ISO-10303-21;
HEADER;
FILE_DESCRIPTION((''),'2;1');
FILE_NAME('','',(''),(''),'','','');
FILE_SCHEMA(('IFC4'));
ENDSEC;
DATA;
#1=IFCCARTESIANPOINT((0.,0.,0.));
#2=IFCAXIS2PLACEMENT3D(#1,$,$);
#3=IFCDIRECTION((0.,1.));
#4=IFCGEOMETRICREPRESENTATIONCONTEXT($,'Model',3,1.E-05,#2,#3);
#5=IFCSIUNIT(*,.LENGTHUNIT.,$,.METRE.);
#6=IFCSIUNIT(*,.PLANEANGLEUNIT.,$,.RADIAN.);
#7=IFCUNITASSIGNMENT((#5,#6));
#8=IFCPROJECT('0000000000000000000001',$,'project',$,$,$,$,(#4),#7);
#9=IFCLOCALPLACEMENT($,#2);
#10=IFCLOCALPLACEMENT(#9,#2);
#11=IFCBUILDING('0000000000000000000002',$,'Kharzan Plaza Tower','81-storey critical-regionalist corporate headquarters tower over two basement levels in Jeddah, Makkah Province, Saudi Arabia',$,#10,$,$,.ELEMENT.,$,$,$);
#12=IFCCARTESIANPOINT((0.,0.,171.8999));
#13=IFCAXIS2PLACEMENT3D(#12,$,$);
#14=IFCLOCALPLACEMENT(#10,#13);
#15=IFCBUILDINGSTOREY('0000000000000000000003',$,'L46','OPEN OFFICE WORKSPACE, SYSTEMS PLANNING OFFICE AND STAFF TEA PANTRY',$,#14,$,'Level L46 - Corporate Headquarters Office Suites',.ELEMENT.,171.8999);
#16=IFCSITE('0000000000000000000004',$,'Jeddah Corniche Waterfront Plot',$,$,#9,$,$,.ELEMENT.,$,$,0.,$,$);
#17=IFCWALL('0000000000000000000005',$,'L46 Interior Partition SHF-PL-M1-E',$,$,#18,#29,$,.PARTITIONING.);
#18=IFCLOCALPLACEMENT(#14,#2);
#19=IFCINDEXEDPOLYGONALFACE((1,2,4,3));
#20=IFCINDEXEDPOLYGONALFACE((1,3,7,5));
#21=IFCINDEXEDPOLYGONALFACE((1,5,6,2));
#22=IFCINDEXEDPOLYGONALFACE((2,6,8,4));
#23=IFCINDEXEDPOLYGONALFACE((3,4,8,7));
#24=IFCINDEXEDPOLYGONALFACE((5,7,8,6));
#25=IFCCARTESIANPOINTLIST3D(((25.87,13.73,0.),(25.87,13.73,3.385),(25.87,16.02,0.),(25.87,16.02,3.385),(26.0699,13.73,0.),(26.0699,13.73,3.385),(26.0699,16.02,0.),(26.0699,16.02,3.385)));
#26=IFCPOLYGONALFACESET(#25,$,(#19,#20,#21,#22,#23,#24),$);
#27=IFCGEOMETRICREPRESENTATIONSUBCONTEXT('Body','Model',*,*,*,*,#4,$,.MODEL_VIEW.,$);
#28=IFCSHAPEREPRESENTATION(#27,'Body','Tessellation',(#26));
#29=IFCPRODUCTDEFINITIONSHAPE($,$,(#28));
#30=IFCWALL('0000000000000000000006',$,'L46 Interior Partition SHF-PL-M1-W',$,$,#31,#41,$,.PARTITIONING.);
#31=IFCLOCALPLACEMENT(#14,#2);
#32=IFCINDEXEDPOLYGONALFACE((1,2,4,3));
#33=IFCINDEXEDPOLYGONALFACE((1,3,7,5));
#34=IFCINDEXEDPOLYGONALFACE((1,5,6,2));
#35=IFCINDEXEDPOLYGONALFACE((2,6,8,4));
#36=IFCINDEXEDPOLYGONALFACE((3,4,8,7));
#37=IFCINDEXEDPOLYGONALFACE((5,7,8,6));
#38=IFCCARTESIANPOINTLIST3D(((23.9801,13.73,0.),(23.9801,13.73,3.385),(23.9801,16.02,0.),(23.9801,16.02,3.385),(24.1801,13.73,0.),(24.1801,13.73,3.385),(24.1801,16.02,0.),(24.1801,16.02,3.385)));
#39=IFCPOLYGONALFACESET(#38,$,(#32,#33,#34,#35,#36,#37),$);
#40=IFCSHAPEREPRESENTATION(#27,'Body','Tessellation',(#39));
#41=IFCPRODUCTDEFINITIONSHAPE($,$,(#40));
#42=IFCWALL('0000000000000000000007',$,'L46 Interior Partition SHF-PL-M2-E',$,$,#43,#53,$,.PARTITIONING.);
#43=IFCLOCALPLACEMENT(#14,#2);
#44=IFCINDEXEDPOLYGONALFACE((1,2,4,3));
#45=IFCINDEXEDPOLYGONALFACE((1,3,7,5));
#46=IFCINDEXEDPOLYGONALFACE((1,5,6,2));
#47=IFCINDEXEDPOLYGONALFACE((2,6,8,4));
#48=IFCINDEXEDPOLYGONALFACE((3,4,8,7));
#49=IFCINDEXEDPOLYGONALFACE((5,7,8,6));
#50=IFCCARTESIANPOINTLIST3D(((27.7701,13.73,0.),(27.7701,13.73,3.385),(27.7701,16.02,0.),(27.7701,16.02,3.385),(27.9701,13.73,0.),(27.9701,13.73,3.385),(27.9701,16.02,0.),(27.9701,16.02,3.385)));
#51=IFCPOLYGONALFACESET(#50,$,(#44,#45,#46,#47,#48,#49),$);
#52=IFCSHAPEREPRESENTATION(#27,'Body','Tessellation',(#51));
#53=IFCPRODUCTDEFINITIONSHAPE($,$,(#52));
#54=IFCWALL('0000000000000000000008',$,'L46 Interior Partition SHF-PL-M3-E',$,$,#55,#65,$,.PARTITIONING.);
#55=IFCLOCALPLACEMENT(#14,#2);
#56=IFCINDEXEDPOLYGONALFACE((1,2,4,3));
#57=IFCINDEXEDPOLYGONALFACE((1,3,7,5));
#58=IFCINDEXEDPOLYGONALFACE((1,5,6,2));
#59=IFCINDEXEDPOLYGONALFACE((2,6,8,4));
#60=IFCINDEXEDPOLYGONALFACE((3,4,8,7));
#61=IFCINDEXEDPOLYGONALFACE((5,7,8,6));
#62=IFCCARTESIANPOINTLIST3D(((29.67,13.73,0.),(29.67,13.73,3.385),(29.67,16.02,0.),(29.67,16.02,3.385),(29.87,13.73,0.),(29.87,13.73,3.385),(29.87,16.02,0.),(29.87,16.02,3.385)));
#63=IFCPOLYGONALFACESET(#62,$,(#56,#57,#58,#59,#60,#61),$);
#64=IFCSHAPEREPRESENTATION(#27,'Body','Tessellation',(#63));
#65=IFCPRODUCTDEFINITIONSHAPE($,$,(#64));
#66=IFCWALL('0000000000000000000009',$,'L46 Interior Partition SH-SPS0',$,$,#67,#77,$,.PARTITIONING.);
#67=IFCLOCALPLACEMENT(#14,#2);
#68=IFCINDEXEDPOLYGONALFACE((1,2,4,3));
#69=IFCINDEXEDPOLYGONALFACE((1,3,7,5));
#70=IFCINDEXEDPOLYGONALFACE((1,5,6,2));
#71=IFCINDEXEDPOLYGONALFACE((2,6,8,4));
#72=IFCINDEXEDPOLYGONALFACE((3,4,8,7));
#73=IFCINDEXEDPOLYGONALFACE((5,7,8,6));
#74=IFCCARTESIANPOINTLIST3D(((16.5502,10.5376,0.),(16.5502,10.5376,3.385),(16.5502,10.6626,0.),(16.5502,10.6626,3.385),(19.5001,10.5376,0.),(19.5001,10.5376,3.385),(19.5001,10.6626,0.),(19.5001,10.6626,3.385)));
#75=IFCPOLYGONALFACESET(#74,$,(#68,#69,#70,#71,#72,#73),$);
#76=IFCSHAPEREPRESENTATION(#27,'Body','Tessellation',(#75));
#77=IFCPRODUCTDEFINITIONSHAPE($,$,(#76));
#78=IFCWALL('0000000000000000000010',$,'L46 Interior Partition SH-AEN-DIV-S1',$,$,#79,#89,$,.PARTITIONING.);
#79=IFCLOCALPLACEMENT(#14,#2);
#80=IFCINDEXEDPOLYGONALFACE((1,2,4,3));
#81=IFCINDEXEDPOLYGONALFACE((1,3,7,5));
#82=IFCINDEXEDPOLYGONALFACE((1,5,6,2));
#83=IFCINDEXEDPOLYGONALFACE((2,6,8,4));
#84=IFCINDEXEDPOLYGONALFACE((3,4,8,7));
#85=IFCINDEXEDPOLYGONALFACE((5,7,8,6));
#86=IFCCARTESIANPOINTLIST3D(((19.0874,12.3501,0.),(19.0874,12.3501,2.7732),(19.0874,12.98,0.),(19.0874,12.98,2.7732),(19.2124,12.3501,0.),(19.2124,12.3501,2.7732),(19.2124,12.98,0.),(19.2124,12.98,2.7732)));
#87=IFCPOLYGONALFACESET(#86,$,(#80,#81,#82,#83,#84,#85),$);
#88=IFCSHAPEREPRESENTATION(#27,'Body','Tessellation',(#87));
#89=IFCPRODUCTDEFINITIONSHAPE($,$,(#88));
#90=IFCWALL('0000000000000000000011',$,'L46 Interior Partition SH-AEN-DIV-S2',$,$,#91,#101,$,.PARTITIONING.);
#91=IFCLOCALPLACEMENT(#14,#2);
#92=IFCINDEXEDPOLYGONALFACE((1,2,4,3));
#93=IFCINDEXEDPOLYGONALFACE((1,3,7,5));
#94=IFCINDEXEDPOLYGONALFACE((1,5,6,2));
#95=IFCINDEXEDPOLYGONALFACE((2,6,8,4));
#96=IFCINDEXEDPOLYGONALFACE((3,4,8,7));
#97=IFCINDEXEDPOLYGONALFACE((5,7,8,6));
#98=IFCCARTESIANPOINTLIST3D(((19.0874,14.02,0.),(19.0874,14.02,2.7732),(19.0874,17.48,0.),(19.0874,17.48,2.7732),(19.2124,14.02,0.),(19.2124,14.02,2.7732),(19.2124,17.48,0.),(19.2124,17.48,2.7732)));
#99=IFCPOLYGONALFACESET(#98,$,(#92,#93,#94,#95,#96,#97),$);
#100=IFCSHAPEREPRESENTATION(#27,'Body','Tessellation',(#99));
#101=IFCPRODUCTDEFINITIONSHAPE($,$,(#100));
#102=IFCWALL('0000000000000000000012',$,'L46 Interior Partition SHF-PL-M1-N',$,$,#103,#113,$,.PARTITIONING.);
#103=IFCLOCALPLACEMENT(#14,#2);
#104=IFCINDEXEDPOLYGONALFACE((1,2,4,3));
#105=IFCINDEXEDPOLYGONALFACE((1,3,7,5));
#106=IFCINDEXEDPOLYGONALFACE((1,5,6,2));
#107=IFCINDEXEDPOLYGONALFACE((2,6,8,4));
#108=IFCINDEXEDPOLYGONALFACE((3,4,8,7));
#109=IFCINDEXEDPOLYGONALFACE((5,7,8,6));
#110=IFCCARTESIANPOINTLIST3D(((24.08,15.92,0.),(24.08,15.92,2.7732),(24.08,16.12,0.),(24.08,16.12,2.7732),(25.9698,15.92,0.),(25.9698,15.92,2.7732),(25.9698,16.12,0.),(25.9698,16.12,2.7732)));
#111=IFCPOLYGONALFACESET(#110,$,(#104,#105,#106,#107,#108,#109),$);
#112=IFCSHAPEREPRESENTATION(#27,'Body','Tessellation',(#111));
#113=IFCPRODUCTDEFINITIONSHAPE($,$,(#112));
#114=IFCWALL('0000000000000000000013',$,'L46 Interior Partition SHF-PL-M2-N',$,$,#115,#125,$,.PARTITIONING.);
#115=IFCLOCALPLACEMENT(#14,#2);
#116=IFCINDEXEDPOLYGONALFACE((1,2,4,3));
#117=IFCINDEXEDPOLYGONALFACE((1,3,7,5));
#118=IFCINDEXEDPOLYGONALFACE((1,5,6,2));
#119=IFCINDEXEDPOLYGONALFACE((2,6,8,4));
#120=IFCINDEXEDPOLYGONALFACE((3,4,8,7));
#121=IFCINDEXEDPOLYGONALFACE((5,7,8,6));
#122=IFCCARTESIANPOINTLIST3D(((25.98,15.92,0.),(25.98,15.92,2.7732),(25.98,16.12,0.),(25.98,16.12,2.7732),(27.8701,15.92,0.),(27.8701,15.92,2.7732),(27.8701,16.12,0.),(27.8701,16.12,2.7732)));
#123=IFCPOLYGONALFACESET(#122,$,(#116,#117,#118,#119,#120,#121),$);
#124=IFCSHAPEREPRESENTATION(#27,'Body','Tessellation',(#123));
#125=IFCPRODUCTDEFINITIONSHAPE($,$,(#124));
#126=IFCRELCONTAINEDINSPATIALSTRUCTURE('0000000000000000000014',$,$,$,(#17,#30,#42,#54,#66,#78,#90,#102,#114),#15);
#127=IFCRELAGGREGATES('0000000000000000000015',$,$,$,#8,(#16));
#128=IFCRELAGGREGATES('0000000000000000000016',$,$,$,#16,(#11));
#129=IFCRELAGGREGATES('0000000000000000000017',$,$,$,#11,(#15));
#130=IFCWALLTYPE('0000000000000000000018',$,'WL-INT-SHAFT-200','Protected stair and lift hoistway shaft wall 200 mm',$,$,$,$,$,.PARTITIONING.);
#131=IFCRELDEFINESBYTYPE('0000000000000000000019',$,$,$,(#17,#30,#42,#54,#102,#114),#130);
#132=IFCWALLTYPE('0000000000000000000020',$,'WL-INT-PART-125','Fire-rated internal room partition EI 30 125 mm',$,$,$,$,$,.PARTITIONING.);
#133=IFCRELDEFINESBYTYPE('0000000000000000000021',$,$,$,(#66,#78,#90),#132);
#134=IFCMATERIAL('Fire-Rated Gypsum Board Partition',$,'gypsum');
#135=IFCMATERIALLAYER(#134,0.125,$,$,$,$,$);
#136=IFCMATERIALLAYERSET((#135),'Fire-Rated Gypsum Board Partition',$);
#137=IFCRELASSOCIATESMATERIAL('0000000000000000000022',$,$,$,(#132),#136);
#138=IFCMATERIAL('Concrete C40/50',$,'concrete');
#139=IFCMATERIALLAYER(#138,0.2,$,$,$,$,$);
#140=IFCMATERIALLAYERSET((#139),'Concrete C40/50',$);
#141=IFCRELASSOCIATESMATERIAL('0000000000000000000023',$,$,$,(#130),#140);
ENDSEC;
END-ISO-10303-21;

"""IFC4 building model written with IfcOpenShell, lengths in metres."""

from ifc_helpers import new_model, si_unit, direction, frame, frame_2d, origin, place, context, subcontext, project, spatial, rectangle, extrude, source, transform, mapped, material, layer, layer_set, type_object, element, save


model = new_model("IFC4")

# Units and contexts
model_context = context("Model", 3, precision=1e-05, world=origin(), true_north=direction((0.0, 1.0)))
body_context = subcontext(model_context, "Body", "Model", "MODEL_VIEW")
ifc_project = project(units=[si_unit("LENGTHUNIT", "METRE"), si_unit("PLANEANGLEUNIT", "RADIAN")], contexts=[model_context])

# Site, building, storey
site_placement = place(None, origin())
site = spatial("IfcSite", under=ifc_project, at=site_placement, Name="Jeddah Corniche Waterfront Plot", CompositionType="ELEMENT", RefElevation=0.0)
building_placement = place(site_placement, origin())
building = spatial("IfcBuilding", under=site, at=building_placement, Name="Kharzan Plaza Tower", Description="81-storey critical-regionalist corporate headquarters tower over two basement levels in Jeddah, Makkah Province, Saudi Arabia", CompositionType="ELEMENT")
storey_placement = place(building_placement, frame((0.0, 0.0, 171.8999)))
storey = spatial("IfcBuildingStorey", under=building, at=storey_placement, Name="L46", Description="OPEN OFFICE WORKSPACE, SYSTEMS PLANNING OFFICE AND STAFF TEA PANTRY", LongName="Level L46 - Corporate Headquarters Office Suites", CompositionType="ELEMENT", Elevation=171.8999)

# Shared definitions
ifc_material_1 = material(Name="Fire-Rated Gypsum Board Partition", Category="gypsum")
ifc_layer_1 = layer(ifc_material_1, 0.125)
ifc_layer_set_1 = layer_set([ifc_layer_1], Name="Fire-Rated Gypsum Board Partition")
wall_type_1 = type_object("IfcWallType", Name="WL-INT-PART-125", Description="Fire-rated internal room partition EI 30 125 mm", PredefinedType="PARTITIONING", material=ifc_layer_set_1)
ifc_material_2 = material(Name="Concrete C40/50", Category="concrete")
ifc_layer_2 = layer(ifc_material_2, 0.2)
ifc_layer_set_2 = layer_set([ifc_layer_2], Name="Concrete C40/50")
wall_type_2 = type_object("IfcWallType", Name="WL-INT-SHAFT-200", Description="Protected stair and lift hoistway shaft wall 200 mm", PredefinedType="PARTITIONING", material=ifc_layer_set_2)

# Walls
shared_shape_1 = source(origin(), body_context, "Body", "SweptSolid", [
    extrude(rectangle(XDim=2.29, YDim=0.2, at=frame_2d((1.145, 0.0))), origin(), (0.0, 0.0, 1.0), 3.385),
])
for number, where, z_axis, x_axis, name in (
    (1, (25.97, 13.73, 0.0), (0.0, 0.0, 1.0), (0.0, 1.0, 0.0), "L46 Interior Partition SHF-PL-M1-E"),
    (2, (24.0801, 13.73, 0.0), (0.0, 0.0, 1.0), (0.0, 1.0, 0.0), "L46 Interior Partition SHF-PL-M1-W"),
    (3, (27.8701, 13.73, 0.0), (0.0, 0.0, 1.0), (0.0, 1.0, 0.0), "L46 Interior Partition SHF-PL-M2-E"),
    (4, (29.77, 13.73, 0.0), (0.0, 0.0, 1.0), (0.0, 1.0, 0.0), "L46 Interior Partition SHF-PL-M3-E"),
):
    element("IfcWall", number, at=place(storey_placement, frame(where, z_axis=z_axis, x_axis=x_axis)), inside=storey, type_object=wall_type_2, Name=name, PredefinedType="PARTITIONING", context=body_context, shape_type="MappedRepresentation", body=[
        mapped(shared_shape_1, transform((0.0, 0.0, 0.0), x_axis=(1.0, 0.0, 0.0), y_axis=(0.0, 1.0, 0.0), z_axis=(0.0, 0.0, 1.0))),
    ])
shared_shape_2 = source(origin(), body_context, "Body", "SweptSolid", [
    extrude(rectangle(XDim=2.95, YDim=0.125, at=frame_2d((1.4751, 0.0))), origin(), (0.0, 0.0, 1.0), 3.385),
])
wall_1_placement = place(storey_placement, frame((16.55, 10.6001, 0.0), z_axis=(0.0, 0.0, 1.0), x_axis=(1.0, 0.0, 0.0)))
element("IfcWall", 5, at=wall_1_placement, inside=storey, type_object=wall_type_1, Name="L46 Interior Partition SH-SPS0", PredefinedType="PARTITIONING", context=body_context, shape_type="MappedRepresentation", body=[
    mapped(shared_shape_2, transform((0.0, 0.0, 0.0), x_axis=(1.0, 0.0, 0.0), y_axis=(0.0, 1.0, 0.0), z_axis=(0.0, 0.0, 1.0))),
])
shared_shape_3 = source(origin(), body_context, "Body", "SweptSolid", [
    extrude(rectangle(XDim=0.6299, YDim=0.125, at=frame_2d((0.3149, 0.0))), origin(), (0.0, 0.0, 1.0), 2.7732),
])
wall_2_placement = place(storey_placement, frame((19.1499, 12.3501, 0.0), z_axis=(0.0, 0.0, 1.0), x_axis=(0.0, 1.0, 0.0)))
element("IfcWall", 6, at=wall_2_placement, inside=storey, type_object=wall_type_1, Name="L46 Interior Partition SH-AEN-DIV-S1", PredefinedType="PARTITIONING", context=body_context, shape_type="MappedRepresentation", body=[
    mapped(shared_shape_3, transform((0.0, 0.0, 0.0), x_axis=(1.0, 0.0, 0.0), y_axis=(0.0, 1.0, 0.0), z_axis=(0.0, 0.0, 1.0))),
])
shared_shape_4 = source(origin(), body_context, "Body", "SweptSolid", [
    extrude(rectangle(XDim=3.46, YDim=0.125, at=frame_2d((1.73, 0.0))), origin(), (0.0, 0.0, 1.0), 2.7732),
])
wall_3_placement = place(storey_placement, frame((19.1499, 14.02, 0.0), z_axis=(0.0, 0.0, 1.0), x_axis=(0.0, 1.0, 0.0)))
element("IfcWall", 7, at=wall_3_placement, inside=storey, type_object=wall_type_1, Name="L46 Interior Partition SH-AEN-DIV-S2", PredefinedType="PARTITIONING", context=body_context, shape_type="MappedRepresentation", body=[
    mapped(shared_shape_4, transform((0.0, 0.0, 0.0), x_axis=(1.0, 0.0, 0.0), y_axis=(0.0, 1.0, 0.0), z_axis=(0.0, 0.0, 1.0))),
])
shared_shape_5 = source(origin(), body_context, "Body", "SweptSolid", [
    extrude(rectangle(XDim=1.8899, YDim=0.2, at=frame_2d((0.9448, 0.0))), origin(), (0.0, 0.0, 1.0), 2.7732),
])
wall_4_placement = place(storey_placement, frame((24.0801, 16.02, 0.0), z_axis=(0.0, 0.0, 1.0), x_axis=(1.0, 0.0, 0.0)))
element("IfcWall", 8, at=wall_4_placement, inside=storey, type_object=wall_type_2, Name="L46 Interior Partition SHF-PL-M1-N", PredefinedType="PARTITIONING", context=body_context, shape_type="MappedRepresentation", body=[
    mapped(shared_shape_5, transform((0.0, 0.0, 0.0), x_axis=(1.0, 0.0, 0.0), y_axis=(0.0, 1.0, 0.0), z_axis=(0.0, 0.0, 1.0))),
])
shared_shape_6 = source(origin(), body_context, "Body", "SweptSolid", [
    extrude(rectangle(XDim=1.8901, YDim=0.2, at=frame_2d((0.9451, 0.0))), origin(), (0.0, 0.0, 1.0), 2.7732),
])
wall_5_placement = place(storey_placement, frame((25.98, 16.02, 0.0), z_axis=(0.0, 0.0, 1.0), x_axis=(1.0, 0.0, 0.0)))
element("IfcWall", 9, at=wall_5_placement, inside=storey, type_object=wall_type_2, Name="L46 Interior Partition SHF-PL-M2-N", PredefinedType="PARTITIONING", context=body_context, shape_type="MappedRepresentation", body=[
    mapped(shared_shape_6, transform((0.0, 0.0, 0.0), x_axis=(1.0, 0.0, 0.0), y_axis=(0.0, 1.0, 0.0), z_axis=(0.0, 0.0, 1.0))),
])

save(model, "model.ifc")
